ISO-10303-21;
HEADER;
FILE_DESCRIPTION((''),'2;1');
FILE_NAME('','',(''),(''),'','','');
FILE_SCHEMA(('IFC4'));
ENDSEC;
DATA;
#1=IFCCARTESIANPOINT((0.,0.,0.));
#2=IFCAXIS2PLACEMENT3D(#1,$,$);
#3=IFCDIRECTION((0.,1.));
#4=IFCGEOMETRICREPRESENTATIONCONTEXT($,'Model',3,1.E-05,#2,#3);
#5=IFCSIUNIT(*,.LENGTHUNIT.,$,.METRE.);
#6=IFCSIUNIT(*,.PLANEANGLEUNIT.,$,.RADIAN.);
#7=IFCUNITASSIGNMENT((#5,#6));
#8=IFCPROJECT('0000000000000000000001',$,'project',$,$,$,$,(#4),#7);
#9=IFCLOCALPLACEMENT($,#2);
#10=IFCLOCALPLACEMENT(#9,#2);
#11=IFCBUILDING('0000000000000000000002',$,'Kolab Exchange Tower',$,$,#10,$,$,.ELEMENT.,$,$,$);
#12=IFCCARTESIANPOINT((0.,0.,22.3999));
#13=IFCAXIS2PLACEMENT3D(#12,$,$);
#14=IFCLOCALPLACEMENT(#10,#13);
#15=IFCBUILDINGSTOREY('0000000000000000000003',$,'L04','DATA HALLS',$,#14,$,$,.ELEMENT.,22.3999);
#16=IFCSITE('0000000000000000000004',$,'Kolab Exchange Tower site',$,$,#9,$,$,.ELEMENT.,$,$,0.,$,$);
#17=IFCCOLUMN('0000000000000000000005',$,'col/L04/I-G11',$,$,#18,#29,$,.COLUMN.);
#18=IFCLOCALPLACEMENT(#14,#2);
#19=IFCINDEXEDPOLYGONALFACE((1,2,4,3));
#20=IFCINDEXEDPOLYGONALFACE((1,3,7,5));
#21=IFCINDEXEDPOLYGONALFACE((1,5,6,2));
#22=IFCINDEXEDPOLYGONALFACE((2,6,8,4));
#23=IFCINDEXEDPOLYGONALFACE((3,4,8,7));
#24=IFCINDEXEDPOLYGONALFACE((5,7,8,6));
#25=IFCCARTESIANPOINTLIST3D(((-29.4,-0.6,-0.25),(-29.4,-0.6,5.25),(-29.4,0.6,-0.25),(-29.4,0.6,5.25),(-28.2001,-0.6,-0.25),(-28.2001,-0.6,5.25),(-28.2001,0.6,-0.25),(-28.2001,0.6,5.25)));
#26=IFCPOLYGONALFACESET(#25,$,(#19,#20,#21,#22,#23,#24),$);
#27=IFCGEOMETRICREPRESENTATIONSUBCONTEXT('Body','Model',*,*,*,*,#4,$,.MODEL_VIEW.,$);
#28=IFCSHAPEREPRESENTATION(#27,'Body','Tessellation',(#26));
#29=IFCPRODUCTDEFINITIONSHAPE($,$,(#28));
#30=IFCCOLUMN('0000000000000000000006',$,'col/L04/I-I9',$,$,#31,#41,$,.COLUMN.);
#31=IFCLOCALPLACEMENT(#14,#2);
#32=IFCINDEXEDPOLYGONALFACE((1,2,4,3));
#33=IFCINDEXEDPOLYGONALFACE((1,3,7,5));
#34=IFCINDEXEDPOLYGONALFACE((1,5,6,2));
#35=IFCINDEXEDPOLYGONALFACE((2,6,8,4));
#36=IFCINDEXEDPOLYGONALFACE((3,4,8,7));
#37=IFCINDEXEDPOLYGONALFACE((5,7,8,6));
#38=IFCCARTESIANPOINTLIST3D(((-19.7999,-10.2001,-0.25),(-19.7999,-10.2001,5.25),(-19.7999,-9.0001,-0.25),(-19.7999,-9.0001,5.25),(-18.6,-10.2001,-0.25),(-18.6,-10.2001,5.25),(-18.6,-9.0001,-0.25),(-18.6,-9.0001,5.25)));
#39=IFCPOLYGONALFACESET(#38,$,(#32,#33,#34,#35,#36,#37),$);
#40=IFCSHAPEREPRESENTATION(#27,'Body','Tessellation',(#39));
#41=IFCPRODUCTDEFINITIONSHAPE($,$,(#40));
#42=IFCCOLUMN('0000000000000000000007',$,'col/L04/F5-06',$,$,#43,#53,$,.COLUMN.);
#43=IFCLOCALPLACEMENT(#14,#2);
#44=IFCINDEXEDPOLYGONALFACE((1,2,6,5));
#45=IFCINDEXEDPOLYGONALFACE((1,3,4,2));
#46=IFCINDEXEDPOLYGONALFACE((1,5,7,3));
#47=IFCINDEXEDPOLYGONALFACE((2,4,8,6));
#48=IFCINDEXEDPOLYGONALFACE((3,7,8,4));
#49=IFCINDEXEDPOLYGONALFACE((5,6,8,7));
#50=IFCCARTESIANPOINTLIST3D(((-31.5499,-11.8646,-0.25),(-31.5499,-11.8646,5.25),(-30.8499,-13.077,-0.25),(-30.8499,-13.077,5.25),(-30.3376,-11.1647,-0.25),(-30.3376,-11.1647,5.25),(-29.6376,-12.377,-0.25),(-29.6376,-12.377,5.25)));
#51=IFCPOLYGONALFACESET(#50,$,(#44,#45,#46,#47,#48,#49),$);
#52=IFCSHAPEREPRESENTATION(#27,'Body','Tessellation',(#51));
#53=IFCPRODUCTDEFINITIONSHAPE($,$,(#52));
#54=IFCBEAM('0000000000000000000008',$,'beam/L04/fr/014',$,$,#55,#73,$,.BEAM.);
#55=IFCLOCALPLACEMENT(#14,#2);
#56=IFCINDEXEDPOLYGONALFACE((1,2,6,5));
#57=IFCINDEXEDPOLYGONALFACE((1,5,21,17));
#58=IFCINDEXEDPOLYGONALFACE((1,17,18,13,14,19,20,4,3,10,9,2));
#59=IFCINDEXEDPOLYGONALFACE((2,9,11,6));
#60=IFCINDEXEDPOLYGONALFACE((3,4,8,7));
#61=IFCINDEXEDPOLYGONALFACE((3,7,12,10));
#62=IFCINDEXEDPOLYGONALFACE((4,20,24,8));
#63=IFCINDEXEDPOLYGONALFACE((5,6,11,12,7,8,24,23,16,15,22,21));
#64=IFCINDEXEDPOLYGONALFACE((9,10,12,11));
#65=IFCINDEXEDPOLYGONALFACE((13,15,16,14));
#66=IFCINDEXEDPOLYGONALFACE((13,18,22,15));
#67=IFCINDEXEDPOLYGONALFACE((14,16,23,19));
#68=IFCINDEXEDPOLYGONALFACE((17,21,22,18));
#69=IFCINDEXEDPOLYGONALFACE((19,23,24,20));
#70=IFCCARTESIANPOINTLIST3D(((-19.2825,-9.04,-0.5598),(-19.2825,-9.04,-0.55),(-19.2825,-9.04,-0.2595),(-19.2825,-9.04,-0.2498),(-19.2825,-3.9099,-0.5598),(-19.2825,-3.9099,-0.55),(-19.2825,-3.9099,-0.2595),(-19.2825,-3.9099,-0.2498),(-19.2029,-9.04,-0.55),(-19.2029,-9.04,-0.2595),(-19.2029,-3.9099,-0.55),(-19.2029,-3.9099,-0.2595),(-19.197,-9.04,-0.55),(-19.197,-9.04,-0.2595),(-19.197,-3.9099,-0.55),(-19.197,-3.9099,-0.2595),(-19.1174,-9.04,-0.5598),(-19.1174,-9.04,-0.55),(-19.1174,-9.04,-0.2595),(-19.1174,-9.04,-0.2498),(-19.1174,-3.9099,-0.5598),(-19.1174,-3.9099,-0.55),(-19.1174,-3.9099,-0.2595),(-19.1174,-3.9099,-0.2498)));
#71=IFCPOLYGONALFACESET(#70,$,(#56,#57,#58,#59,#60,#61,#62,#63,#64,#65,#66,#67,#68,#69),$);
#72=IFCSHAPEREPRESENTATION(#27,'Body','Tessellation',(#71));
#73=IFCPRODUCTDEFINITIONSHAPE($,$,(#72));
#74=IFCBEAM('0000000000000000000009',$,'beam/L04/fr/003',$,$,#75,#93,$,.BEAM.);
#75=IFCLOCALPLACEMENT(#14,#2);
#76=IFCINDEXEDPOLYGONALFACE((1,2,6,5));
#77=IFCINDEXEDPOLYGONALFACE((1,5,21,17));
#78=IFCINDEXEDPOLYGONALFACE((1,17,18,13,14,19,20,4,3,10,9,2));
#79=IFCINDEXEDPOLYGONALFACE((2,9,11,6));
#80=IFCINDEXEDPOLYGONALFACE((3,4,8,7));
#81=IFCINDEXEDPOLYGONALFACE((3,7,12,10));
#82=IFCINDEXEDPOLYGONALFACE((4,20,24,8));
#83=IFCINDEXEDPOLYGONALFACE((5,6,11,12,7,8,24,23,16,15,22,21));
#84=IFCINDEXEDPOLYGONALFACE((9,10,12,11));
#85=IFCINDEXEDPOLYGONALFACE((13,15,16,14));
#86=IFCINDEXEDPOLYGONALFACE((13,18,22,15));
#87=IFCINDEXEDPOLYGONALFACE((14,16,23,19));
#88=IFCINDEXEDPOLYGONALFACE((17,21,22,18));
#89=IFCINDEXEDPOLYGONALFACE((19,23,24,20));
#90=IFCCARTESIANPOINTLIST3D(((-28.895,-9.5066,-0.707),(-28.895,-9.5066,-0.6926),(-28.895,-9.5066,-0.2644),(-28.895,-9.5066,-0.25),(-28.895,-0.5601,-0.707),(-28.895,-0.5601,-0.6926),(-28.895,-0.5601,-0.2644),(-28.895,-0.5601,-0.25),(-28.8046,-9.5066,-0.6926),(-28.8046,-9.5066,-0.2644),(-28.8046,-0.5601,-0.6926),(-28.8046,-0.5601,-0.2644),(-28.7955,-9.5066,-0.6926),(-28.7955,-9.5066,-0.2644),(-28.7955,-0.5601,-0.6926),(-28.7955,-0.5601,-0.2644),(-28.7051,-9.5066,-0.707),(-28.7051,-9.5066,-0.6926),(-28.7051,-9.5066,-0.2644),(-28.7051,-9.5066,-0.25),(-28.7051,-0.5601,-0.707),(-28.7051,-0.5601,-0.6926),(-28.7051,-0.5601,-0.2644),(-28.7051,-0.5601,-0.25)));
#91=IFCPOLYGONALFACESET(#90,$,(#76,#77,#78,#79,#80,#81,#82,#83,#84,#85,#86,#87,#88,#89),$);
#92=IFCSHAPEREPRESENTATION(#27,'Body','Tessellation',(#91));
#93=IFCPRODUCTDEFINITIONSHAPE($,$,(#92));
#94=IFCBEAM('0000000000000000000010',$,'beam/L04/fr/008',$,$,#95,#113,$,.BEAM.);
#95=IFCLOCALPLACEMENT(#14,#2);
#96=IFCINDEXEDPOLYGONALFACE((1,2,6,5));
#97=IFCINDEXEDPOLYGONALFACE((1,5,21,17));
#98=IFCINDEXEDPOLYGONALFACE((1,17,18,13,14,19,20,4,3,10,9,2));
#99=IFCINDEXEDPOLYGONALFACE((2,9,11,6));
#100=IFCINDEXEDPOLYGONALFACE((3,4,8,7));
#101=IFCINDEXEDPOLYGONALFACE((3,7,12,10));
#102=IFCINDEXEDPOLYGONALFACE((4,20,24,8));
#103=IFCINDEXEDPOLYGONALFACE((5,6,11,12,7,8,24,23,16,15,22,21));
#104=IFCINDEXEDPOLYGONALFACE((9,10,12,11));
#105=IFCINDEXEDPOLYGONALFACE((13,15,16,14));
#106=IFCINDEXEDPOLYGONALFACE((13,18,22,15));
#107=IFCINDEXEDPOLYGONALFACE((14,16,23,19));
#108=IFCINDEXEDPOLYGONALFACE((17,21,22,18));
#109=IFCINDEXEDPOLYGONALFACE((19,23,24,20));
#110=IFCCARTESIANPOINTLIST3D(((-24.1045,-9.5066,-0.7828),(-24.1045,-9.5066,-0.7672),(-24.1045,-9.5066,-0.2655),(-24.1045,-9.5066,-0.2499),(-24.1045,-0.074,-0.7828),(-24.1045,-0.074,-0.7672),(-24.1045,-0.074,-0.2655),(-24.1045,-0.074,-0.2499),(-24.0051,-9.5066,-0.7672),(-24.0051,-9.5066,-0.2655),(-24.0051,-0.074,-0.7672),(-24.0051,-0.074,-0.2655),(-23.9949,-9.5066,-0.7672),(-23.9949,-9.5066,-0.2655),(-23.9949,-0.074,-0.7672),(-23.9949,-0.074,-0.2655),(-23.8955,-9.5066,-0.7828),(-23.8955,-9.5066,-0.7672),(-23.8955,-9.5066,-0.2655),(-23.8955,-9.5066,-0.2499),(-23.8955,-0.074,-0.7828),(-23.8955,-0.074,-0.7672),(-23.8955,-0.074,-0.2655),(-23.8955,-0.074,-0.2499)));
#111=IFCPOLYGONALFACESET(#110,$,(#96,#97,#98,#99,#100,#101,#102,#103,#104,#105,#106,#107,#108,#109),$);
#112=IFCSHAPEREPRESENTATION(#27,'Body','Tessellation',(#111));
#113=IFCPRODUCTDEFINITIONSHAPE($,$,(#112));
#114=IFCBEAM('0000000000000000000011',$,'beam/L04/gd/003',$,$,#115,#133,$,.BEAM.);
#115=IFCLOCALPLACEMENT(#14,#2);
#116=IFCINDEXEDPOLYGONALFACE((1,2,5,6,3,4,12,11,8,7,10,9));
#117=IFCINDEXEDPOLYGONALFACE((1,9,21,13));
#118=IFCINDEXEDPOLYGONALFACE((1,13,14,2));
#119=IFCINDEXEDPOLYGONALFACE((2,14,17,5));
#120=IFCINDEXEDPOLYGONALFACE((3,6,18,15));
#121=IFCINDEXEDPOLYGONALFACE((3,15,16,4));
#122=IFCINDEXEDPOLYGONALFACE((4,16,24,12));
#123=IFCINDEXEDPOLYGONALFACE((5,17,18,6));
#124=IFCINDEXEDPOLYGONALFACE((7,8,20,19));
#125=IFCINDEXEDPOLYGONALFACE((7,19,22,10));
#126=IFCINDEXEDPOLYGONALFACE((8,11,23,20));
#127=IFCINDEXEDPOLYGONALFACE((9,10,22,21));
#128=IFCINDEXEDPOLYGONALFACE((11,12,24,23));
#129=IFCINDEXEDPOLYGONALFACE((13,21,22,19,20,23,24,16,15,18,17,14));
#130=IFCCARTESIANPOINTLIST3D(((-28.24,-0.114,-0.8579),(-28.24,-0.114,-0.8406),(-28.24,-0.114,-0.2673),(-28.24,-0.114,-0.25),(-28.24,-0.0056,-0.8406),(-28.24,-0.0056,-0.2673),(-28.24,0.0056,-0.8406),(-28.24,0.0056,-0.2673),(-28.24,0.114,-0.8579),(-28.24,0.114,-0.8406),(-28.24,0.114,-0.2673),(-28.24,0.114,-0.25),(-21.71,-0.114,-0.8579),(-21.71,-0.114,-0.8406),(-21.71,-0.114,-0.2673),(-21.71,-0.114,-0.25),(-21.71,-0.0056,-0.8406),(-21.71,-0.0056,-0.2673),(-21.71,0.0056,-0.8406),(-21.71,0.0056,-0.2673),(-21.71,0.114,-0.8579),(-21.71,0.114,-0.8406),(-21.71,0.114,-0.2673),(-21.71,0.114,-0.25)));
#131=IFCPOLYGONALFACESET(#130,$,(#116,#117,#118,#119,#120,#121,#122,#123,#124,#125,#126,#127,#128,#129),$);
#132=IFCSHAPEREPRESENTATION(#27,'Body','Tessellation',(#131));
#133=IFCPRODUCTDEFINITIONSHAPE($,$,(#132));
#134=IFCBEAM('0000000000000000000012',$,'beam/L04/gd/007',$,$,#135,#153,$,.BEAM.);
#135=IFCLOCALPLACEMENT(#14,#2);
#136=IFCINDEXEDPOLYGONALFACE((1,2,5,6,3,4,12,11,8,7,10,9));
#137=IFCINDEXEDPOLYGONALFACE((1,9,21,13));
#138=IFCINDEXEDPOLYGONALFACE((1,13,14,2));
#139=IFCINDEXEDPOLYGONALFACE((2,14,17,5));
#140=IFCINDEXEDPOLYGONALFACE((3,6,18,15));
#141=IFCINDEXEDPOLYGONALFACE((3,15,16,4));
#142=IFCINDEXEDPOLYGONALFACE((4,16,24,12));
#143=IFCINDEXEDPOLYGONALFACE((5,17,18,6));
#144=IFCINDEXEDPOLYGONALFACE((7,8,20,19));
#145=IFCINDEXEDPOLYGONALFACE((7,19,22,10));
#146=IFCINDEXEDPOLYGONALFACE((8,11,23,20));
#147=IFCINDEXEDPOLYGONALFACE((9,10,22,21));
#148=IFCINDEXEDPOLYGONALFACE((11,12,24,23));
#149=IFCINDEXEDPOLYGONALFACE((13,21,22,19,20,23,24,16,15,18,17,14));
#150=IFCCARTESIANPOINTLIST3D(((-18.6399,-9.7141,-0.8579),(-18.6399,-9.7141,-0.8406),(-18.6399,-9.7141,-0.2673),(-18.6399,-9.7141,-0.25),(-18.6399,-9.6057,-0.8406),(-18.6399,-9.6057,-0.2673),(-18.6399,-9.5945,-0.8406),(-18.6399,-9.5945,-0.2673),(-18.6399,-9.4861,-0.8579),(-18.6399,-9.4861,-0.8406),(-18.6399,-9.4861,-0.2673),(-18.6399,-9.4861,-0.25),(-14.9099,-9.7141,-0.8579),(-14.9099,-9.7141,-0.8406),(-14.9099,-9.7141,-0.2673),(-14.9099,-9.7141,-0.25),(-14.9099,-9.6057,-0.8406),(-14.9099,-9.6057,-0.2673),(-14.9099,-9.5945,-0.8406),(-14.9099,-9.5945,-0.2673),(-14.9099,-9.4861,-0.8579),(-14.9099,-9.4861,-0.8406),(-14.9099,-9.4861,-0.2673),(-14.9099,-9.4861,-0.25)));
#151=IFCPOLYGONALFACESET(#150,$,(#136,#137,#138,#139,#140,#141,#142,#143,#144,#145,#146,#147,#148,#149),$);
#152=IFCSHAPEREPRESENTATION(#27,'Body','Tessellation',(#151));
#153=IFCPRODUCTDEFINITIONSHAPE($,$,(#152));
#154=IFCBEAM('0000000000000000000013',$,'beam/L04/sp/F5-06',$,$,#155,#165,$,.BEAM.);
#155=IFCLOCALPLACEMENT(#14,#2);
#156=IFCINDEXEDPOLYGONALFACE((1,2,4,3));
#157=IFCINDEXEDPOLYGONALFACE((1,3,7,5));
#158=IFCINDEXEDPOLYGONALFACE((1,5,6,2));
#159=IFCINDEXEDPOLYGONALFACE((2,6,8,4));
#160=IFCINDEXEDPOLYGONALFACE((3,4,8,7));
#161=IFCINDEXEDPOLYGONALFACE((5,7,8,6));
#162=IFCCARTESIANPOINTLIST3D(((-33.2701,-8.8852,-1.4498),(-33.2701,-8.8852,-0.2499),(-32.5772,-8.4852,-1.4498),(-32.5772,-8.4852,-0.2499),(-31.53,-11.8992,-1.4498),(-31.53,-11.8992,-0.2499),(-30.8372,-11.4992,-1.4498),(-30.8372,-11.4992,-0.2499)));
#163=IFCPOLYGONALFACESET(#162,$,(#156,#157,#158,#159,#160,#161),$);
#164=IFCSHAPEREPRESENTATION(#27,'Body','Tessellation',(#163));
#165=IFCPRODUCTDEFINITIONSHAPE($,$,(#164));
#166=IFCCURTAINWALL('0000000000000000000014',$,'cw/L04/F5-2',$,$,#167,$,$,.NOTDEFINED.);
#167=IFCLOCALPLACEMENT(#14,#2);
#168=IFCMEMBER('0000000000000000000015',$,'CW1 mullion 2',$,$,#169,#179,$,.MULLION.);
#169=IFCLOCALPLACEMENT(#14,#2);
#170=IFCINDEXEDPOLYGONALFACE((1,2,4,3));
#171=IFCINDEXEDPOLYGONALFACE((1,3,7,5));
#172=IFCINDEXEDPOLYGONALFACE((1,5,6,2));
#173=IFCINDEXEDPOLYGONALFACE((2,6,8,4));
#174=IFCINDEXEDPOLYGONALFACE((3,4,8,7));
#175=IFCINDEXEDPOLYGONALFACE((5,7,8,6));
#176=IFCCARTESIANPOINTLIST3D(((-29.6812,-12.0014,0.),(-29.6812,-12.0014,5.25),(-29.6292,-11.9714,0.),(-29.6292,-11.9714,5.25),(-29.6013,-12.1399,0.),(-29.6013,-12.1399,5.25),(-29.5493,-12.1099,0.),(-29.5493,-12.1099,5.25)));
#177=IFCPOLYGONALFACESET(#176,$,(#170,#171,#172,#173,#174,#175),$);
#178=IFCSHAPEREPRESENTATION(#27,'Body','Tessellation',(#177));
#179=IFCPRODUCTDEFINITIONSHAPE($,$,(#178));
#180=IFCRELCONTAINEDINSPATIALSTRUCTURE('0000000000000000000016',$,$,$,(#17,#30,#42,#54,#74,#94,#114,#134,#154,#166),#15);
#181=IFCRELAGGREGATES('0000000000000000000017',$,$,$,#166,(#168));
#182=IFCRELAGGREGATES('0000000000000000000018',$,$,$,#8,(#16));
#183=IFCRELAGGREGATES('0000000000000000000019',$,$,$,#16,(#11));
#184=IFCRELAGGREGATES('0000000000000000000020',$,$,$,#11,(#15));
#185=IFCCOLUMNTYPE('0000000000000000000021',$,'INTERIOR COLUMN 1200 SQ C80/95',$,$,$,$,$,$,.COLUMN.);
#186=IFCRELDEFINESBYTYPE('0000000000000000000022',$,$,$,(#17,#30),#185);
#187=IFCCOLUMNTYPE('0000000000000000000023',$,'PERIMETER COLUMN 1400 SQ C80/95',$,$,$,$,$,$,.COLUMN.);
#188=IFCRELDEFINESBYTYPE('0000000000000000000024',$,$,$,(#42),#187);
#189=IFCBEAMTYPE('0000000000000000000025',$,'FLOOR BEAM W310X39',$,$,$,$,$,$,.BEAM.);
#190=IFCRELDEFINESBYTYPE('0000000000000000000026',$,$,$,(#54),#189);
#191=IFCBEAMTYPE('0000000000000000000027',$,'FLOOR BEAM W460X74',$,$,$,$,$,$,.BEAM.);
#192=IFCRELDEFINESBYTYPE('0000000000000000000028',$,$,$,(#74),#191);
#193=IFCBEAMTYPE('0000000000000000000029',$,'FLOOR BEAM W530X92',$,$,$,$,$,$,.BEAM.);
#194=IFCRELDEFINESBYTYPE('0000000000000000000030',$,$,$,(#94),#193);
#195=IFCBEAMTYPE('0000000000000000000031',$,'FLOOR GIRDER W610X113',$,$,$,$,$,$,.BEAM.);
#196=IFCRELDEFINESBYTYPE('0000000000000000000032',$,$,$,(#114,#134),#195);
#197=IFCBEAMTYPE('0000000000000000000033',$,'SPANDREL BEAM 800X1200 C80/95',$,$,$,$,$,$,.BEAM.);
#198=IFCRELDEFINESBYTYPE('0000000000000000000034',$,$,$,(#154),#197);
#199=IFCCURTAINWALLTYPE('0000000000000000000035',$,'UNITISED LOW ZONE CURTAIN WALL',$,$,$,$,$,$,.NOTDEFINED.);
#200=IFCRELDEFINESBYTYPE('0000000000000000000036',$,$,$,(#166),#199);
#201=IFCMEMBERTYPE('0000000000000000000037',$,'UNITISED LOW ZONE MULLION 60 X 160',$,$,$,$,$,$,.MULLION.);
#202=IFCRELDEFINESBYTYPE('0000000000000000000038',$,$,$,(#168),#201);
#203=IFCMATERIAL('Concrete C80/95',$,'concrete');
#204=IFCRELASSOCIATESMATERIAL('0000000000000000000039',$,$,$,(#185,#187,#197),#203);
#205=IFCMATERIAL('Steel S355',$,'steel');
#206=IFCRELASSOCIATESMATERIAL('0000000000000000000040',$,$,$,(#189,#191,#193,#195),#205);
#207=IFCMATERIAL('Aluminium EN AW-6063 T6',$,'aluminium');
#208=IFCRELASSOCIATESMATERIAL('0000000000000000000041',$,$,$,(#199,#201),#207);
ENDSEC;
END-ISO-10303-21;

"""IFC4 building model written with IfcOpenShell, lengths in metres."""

from ifc_helpers import new_model, si_unit, direction, frame, origin, origin_2d, place, context, subcontext, project, spatial, rectangle, i_section, extrude, material, material_profile, profile_set, type_object, element, aggregate, save


model = new_model("IFC4")

# Units and contexts
model_context = context("Model", 3, precision=1e-05, world=origin(), true_north=direction((0.0, 1.0)))
body_context = subcontext(model_context, "Body", "Model", "MODEL_VIEW")
ifc_project = project(units=[si_unit("LENGTHUNIT", "METRE"), si_unit("PLANEANGLEUNIT", "RADIAN")], contexts=[model_context])

# Site, building, storey
site_placement = place(None, origin())
site = spatial("IfcSite", under=ifc_project, at=site_placement, Name="Kolab Exchange Tower site", CompositionType="ELEMENT", RefElevation=0.0)
building_placement = place(site_placement, origin())
building = spatial("IfcBuilding", under=site, at=building_placement, Name="Kolab Exchange Tower", CompositionType="ELEMENT")
storey_placement = place(building_placement, frame((0.0, 0.0, 22.3999)))
storey = spatial("IfcBuildingStorey", under=building, at=storey_placement, Name="L04", Description="DATA HALLS", CompositionType="ELEMENT", Elevation=22.3999)

# Columns
ifc_material_1 = material(Name="Concrete C80/95", Category="concrete")
ifc_material_profile_1 = material_profile(ifc_material_1, rectangle(XDim=1.2, YDim=1.2, at=origin_2d()), Name="RC1200")
ifc_profile_set_1 = profile_set([ifc_material_profile_1], Name="Concrete C80/95")
column_type_1 = type_object("IfcColumnType", Name="INTERIOR COLUMN 1200 SQ C80/95", PredefinedType="COLUMN", material=ifc_profile_set_1)
for number, where, z_axis, x_axis, name in (
    (1, (-28.8, 0.0, -0.25), (0.0, 0.0, 1.0), (1.0, 0.0, 0.0), "col/L04/I-G11"),
    (2, (-19.2, -9.6001, -0.25), (0.0, 0.0, 1.0), (1.0, 0.0, 0.0), "col/L04/I-I9"),
):
    element("IfcColumn", number, at=place(storey_placement, frame(where, z_axis=z_axis, x_axis=x_axis)), inside=storey, type_object=column_type_1, Name=name, PredefinedType="COLUMN", context=body_context, shape_type="SweptSolid", body=[
        extrude(rectangle(XDim=1.2, YDim=1.2, at=origin_2d()), origin(), (0.0, 0.0, 1.0), 5.5),
    ])
ifc_material_profile_2 = material_profile(ifc_material_1, rectangle(XDim=1.3999, YDim=1.3999, at=origin_2d()), Name="RC1400")
ifc_profile_set_2 = profile_set([ifc_material_profile_2], Name="Concrete C80/95")
column_type_2 = type_object("IfcColumnType", Name="PERIMETER COLUMN 1400 SQ C80/95", PredefinedType="COLUMN", material=ifc_profile_set_2)
column_placement = place(storey_placement, frame((-30.5938, -12.1208, -0.25), z_axis=(0.0, 0.0, 1.0), x_axis=(0.866025, 0.5, 0.0)))
element("IfcColumn", 3, at=column_placement, inside=storey, type_object=column_type_2, Name="col/L04/F5-06", PredefinedType="COLUMN", context=body_context, shape_type="SweptSolid", body=[
    extrude(rectangle(XDim=1.3999, YDim=1.3999, at=origin_2d()), origin(), (0.0, 0.0, 1.0), 5.5),
])

# Beams
ifc_material_2 = material(Name="Steel S355", Category="steel")
ifc_material_profile_3 = material_profile(ifc_material_2, i_section(OverallWidth=0.165, OverallDepth=0.3101, WebThickness=0.0059, FlangeThickness=0.0098, at=origin_2d()), Name="W310X39")
ifc_profile_set_3 = profile_set([ifc_material_profile_3], Name="Steel S355")
beam_type_1 = type_object("IfcBeamType", Name="FLOOR BEAM W310X39", PredefinedType="BEAM", material=ifc_profile_set_3)
beam_1_placement = place(storey_placement, frame((-19.2, -9.04, -0.4048), z_axis=(0.0, 1.0, 0.0), x_axis=(-1.0, 0.0, 0.0)))
element("IfcBeam", 4, at=beam_1_placement, inside=storey, type_object=beam_type_1, Name="beam/L04/fr/014", PredefinedType="BEAM", context=body_context, shape_type="SweptSolid", body=[
    extrude(i_section(OverallWidth=0.165, OverallDepth=0.3101, WebThickness=0.0059, FlangeThickness=0.0098, at=origin_2d()), origin(), (0.0, 0.0, 1.0), 5.1301),
])
ifc_material_profile_4 = material_profile(ifc_material_2, i_section(OverallWidth=0.1899, OverallDepth=0.457, WebThickness=0.009, FlangeThickness=0.0144, at=origin_2d()), Name="W460X74")
ifc_profile_set_4 = profile_set([ifc_material_profile_4], Name="Steel S355")
beam_type_2 = type_object("IfcBeamType", Name="FLOOR BEAM W460X74", PredefinedType="BEAM", material=ifc_profile_set_4)
beam_2_placement = place(storey_placement, frame((-28.8, -9.5066, -0.4785), z_axis=(0.0, 1.0, 0.0), x_axis=(-1.0, 0.0, 0.0)))
element("IfcBeam", 5, at=beam_2_placement, inside=storey, type_object=beam_type_2, Name="beam/L04/fr/003", PredefinedType="BEAM", context=body_context, shape_type="SweptSolid", body=[
    extrude(i_section(OverallWidth=0.1899, OverallDepth=0.457, WebThickness=0.009, FlangeThickness=0.0144, at=origin_2d()), origin(), (0.0, 0.0, 1.0), 8.9465),
])
ifc_material_profile_5 = material_profile(ifc_material_2, i_section(OverallWidth=0.209, OverallDepth=0.533, WebThickness=0.0103, FlangeThickness=0.0156, at=origin_2d()), Name="W530X92")
ifc_profile_set_5 = profile_set([ifc_material_profile_5], Name="Steel S355")
beam_type_3 = type_object("IfcBeamType", Name="FLOOR BEAM W530X92", PredefinedType="BEAM", material=ifc_profile_set_5)
beam_3_placement = place(storey_placement, frame((-24.0, -9.5066, -0.5164), z_axis=(0.0, 1.0, 0.0), x_axis=(-1.0, 0.0, 0.0)))
element("IfcBeam", 6, at=beam_3_placement, inside=storey, type_object=beam_type_3, Name="beam/L04/fr/008", PredefinedType="BEAM", context=body_context, shape_type="SweptSolid", body=[
    extrude(i_section(OverallWidth=0.209, OverallDepth=0.533, WebThickness=0.0103, FlangeThickness=0.0156, at=origin_2d()), origin(), (0.0, 0.0, 1.0), 9.4326),
])
ifc_material_profile_6 = material_profile(ifc_material_2, i_section(OverallWidth=0.228, OverallDepth=0.6079, WebThickness=0.0112, FlangeThickness=0.0173, at=origin_2d()), Name="W610X113")
ifc_profile_set_6 = profile_set([ifc_material_profile_6], Name="Steel S355")
beam_type_4 = type_object("IfcBeamType", Name="FLOOR GIRDER W610X113", PredefinedType="BEAM", material=ifc_profile_set_6)
beam_4_placement = place(storey_placement, frame((-28.24, 0.0, -0.554), z_axis=(1.0, 0.0, 0.0), x_axis=(0.0, 1.0, 0.0)))
element("IfcBeam", 7, at=beam_4_placement, inside=storey, type_object=beam_type_4, Name="beam/L04/gd/003", PredefinedType="BEAM", context=body_context, shape_type="SweptSolid", body=[
    extrude(i_section(OverallWidth=0.228, OverallDepth=0.6079, WebThickness=0.0112, FlangeThickness=0.0173, at=origin_2d()), origin(), (0.0, 0.0, 1.0), 6.53),
])
beam_5_placement = place(storey_placement, frame((-18.6399, -9.6001, -0.554), z_axis=(1.0, 0.0, 0.0), x_axis=(0.0, 1.0, 0.0)))
element("IfcBeam", 8, at=beam_5_placement, inside=storey, type_object=beam_type_4, Name="beam/L04/gd/007", PredefinedType="BEAM", context=body_context, shape_type="SweptSolid", body=[
    extrude(i_section(OverallWidth=0.228, OverallDepth=0.6079, WebThickness=0.0112, FlangeThickness=0.0173, at=origin_2d()), origin(), (0.0, 0.0, 1.0), 3.73),
])
ifc_material_profile_7 = material_profile(ifc_material_1, rectangle(XDim=0.8, YDim=1.2, at=origin_2d()), Name="RC800X1200")
ifc_profile_set_7 = profile_set([ifc_material_profile_7], Name="Concrete C80/95")
beam_type_5 = type_object("IfcBeamType", Name="SPANDREL BEAM 800X1200 C80/95", PredefinedType="BEAM", material=ifc_profile_set_7)
beam_6_placement = place(storey_placement, frame((-31.1836, -11.6992, -0.8499), z_axis=(-0.49998, 0.866037, 0.0), x_axis=(-0.866037, -0.49998, 0.0)))
element("IfcBeam", 9, at=beam_6_placement, inside=storey, type_object=beam_type_5, Name="beam/L04/sp/F5-06", PredefinedType="BEAM", context=body_context, shape_type="SweptSolid", body=[
    extrude(rectangle(XDim=0.8, YDim=1.2, at=origin_2d()), origin(), (0.0, 0.0, 1.0), 3.4802),
])

# Curtain wall, member
ifc_material_3 = material(Name="Aluminium EN AW-6063 T6", Category="aluminium")
curtain_wall_type = type_object("IfcCurtainWallType", Name="UNITISED LOW ZONE CURTAIN WALL", PredefinedType="NOTDEFINED", material=ifc_material_3)
curtain_wall_placement = place(storey_placement, origin())
curtain_wall = element("IfcCurtainWall", 10, at=curtain_wall_placement, inside=storey, type_object=curtain_wall_type, Name="cw/L04/F5-2", PredefinedType="NOTDEFINED")
ifc_material_profile_8 = material_profile(ifc_material_3, rectangle(XDim=0.0601, YDim=0.1599, at=origin_2d()), Name="RECT 60X160")
ifc_profile_set_8 = profile_set([ifc_material_profile_8], Name="Aluminium EN AW-6063 T6")
member_type_1 = type_object("IfcMemberType", Name="UNITISED LOW ZONE MULLION 60 X 160", PredefinedType="MULLION", material=ifc_profile_set_8)
member_1_placement = place(storey_placement, frame((-29.6152, -12.0557, 0.0), z_axis=(0.0, 0.0, 1.0), x_axis=(-0.866025, -0.5, 0.0)))
member_1 = element("IfcMember", 11, at=member_1_placement, type_object=member_type_1, Name="CW1 mullion 2", PredefinedType="MULLION", context=body_context, shape_type="SweptSolid", body=[
    extrude(rectangle(XDim=0.0601, YDim=0.1599, at=origin_2d()), origin(), (0.0, 0.0, 1.0), 5.25),
])
aggregate(curtain_wall, [member_1])

save(model, "model.ifc")
